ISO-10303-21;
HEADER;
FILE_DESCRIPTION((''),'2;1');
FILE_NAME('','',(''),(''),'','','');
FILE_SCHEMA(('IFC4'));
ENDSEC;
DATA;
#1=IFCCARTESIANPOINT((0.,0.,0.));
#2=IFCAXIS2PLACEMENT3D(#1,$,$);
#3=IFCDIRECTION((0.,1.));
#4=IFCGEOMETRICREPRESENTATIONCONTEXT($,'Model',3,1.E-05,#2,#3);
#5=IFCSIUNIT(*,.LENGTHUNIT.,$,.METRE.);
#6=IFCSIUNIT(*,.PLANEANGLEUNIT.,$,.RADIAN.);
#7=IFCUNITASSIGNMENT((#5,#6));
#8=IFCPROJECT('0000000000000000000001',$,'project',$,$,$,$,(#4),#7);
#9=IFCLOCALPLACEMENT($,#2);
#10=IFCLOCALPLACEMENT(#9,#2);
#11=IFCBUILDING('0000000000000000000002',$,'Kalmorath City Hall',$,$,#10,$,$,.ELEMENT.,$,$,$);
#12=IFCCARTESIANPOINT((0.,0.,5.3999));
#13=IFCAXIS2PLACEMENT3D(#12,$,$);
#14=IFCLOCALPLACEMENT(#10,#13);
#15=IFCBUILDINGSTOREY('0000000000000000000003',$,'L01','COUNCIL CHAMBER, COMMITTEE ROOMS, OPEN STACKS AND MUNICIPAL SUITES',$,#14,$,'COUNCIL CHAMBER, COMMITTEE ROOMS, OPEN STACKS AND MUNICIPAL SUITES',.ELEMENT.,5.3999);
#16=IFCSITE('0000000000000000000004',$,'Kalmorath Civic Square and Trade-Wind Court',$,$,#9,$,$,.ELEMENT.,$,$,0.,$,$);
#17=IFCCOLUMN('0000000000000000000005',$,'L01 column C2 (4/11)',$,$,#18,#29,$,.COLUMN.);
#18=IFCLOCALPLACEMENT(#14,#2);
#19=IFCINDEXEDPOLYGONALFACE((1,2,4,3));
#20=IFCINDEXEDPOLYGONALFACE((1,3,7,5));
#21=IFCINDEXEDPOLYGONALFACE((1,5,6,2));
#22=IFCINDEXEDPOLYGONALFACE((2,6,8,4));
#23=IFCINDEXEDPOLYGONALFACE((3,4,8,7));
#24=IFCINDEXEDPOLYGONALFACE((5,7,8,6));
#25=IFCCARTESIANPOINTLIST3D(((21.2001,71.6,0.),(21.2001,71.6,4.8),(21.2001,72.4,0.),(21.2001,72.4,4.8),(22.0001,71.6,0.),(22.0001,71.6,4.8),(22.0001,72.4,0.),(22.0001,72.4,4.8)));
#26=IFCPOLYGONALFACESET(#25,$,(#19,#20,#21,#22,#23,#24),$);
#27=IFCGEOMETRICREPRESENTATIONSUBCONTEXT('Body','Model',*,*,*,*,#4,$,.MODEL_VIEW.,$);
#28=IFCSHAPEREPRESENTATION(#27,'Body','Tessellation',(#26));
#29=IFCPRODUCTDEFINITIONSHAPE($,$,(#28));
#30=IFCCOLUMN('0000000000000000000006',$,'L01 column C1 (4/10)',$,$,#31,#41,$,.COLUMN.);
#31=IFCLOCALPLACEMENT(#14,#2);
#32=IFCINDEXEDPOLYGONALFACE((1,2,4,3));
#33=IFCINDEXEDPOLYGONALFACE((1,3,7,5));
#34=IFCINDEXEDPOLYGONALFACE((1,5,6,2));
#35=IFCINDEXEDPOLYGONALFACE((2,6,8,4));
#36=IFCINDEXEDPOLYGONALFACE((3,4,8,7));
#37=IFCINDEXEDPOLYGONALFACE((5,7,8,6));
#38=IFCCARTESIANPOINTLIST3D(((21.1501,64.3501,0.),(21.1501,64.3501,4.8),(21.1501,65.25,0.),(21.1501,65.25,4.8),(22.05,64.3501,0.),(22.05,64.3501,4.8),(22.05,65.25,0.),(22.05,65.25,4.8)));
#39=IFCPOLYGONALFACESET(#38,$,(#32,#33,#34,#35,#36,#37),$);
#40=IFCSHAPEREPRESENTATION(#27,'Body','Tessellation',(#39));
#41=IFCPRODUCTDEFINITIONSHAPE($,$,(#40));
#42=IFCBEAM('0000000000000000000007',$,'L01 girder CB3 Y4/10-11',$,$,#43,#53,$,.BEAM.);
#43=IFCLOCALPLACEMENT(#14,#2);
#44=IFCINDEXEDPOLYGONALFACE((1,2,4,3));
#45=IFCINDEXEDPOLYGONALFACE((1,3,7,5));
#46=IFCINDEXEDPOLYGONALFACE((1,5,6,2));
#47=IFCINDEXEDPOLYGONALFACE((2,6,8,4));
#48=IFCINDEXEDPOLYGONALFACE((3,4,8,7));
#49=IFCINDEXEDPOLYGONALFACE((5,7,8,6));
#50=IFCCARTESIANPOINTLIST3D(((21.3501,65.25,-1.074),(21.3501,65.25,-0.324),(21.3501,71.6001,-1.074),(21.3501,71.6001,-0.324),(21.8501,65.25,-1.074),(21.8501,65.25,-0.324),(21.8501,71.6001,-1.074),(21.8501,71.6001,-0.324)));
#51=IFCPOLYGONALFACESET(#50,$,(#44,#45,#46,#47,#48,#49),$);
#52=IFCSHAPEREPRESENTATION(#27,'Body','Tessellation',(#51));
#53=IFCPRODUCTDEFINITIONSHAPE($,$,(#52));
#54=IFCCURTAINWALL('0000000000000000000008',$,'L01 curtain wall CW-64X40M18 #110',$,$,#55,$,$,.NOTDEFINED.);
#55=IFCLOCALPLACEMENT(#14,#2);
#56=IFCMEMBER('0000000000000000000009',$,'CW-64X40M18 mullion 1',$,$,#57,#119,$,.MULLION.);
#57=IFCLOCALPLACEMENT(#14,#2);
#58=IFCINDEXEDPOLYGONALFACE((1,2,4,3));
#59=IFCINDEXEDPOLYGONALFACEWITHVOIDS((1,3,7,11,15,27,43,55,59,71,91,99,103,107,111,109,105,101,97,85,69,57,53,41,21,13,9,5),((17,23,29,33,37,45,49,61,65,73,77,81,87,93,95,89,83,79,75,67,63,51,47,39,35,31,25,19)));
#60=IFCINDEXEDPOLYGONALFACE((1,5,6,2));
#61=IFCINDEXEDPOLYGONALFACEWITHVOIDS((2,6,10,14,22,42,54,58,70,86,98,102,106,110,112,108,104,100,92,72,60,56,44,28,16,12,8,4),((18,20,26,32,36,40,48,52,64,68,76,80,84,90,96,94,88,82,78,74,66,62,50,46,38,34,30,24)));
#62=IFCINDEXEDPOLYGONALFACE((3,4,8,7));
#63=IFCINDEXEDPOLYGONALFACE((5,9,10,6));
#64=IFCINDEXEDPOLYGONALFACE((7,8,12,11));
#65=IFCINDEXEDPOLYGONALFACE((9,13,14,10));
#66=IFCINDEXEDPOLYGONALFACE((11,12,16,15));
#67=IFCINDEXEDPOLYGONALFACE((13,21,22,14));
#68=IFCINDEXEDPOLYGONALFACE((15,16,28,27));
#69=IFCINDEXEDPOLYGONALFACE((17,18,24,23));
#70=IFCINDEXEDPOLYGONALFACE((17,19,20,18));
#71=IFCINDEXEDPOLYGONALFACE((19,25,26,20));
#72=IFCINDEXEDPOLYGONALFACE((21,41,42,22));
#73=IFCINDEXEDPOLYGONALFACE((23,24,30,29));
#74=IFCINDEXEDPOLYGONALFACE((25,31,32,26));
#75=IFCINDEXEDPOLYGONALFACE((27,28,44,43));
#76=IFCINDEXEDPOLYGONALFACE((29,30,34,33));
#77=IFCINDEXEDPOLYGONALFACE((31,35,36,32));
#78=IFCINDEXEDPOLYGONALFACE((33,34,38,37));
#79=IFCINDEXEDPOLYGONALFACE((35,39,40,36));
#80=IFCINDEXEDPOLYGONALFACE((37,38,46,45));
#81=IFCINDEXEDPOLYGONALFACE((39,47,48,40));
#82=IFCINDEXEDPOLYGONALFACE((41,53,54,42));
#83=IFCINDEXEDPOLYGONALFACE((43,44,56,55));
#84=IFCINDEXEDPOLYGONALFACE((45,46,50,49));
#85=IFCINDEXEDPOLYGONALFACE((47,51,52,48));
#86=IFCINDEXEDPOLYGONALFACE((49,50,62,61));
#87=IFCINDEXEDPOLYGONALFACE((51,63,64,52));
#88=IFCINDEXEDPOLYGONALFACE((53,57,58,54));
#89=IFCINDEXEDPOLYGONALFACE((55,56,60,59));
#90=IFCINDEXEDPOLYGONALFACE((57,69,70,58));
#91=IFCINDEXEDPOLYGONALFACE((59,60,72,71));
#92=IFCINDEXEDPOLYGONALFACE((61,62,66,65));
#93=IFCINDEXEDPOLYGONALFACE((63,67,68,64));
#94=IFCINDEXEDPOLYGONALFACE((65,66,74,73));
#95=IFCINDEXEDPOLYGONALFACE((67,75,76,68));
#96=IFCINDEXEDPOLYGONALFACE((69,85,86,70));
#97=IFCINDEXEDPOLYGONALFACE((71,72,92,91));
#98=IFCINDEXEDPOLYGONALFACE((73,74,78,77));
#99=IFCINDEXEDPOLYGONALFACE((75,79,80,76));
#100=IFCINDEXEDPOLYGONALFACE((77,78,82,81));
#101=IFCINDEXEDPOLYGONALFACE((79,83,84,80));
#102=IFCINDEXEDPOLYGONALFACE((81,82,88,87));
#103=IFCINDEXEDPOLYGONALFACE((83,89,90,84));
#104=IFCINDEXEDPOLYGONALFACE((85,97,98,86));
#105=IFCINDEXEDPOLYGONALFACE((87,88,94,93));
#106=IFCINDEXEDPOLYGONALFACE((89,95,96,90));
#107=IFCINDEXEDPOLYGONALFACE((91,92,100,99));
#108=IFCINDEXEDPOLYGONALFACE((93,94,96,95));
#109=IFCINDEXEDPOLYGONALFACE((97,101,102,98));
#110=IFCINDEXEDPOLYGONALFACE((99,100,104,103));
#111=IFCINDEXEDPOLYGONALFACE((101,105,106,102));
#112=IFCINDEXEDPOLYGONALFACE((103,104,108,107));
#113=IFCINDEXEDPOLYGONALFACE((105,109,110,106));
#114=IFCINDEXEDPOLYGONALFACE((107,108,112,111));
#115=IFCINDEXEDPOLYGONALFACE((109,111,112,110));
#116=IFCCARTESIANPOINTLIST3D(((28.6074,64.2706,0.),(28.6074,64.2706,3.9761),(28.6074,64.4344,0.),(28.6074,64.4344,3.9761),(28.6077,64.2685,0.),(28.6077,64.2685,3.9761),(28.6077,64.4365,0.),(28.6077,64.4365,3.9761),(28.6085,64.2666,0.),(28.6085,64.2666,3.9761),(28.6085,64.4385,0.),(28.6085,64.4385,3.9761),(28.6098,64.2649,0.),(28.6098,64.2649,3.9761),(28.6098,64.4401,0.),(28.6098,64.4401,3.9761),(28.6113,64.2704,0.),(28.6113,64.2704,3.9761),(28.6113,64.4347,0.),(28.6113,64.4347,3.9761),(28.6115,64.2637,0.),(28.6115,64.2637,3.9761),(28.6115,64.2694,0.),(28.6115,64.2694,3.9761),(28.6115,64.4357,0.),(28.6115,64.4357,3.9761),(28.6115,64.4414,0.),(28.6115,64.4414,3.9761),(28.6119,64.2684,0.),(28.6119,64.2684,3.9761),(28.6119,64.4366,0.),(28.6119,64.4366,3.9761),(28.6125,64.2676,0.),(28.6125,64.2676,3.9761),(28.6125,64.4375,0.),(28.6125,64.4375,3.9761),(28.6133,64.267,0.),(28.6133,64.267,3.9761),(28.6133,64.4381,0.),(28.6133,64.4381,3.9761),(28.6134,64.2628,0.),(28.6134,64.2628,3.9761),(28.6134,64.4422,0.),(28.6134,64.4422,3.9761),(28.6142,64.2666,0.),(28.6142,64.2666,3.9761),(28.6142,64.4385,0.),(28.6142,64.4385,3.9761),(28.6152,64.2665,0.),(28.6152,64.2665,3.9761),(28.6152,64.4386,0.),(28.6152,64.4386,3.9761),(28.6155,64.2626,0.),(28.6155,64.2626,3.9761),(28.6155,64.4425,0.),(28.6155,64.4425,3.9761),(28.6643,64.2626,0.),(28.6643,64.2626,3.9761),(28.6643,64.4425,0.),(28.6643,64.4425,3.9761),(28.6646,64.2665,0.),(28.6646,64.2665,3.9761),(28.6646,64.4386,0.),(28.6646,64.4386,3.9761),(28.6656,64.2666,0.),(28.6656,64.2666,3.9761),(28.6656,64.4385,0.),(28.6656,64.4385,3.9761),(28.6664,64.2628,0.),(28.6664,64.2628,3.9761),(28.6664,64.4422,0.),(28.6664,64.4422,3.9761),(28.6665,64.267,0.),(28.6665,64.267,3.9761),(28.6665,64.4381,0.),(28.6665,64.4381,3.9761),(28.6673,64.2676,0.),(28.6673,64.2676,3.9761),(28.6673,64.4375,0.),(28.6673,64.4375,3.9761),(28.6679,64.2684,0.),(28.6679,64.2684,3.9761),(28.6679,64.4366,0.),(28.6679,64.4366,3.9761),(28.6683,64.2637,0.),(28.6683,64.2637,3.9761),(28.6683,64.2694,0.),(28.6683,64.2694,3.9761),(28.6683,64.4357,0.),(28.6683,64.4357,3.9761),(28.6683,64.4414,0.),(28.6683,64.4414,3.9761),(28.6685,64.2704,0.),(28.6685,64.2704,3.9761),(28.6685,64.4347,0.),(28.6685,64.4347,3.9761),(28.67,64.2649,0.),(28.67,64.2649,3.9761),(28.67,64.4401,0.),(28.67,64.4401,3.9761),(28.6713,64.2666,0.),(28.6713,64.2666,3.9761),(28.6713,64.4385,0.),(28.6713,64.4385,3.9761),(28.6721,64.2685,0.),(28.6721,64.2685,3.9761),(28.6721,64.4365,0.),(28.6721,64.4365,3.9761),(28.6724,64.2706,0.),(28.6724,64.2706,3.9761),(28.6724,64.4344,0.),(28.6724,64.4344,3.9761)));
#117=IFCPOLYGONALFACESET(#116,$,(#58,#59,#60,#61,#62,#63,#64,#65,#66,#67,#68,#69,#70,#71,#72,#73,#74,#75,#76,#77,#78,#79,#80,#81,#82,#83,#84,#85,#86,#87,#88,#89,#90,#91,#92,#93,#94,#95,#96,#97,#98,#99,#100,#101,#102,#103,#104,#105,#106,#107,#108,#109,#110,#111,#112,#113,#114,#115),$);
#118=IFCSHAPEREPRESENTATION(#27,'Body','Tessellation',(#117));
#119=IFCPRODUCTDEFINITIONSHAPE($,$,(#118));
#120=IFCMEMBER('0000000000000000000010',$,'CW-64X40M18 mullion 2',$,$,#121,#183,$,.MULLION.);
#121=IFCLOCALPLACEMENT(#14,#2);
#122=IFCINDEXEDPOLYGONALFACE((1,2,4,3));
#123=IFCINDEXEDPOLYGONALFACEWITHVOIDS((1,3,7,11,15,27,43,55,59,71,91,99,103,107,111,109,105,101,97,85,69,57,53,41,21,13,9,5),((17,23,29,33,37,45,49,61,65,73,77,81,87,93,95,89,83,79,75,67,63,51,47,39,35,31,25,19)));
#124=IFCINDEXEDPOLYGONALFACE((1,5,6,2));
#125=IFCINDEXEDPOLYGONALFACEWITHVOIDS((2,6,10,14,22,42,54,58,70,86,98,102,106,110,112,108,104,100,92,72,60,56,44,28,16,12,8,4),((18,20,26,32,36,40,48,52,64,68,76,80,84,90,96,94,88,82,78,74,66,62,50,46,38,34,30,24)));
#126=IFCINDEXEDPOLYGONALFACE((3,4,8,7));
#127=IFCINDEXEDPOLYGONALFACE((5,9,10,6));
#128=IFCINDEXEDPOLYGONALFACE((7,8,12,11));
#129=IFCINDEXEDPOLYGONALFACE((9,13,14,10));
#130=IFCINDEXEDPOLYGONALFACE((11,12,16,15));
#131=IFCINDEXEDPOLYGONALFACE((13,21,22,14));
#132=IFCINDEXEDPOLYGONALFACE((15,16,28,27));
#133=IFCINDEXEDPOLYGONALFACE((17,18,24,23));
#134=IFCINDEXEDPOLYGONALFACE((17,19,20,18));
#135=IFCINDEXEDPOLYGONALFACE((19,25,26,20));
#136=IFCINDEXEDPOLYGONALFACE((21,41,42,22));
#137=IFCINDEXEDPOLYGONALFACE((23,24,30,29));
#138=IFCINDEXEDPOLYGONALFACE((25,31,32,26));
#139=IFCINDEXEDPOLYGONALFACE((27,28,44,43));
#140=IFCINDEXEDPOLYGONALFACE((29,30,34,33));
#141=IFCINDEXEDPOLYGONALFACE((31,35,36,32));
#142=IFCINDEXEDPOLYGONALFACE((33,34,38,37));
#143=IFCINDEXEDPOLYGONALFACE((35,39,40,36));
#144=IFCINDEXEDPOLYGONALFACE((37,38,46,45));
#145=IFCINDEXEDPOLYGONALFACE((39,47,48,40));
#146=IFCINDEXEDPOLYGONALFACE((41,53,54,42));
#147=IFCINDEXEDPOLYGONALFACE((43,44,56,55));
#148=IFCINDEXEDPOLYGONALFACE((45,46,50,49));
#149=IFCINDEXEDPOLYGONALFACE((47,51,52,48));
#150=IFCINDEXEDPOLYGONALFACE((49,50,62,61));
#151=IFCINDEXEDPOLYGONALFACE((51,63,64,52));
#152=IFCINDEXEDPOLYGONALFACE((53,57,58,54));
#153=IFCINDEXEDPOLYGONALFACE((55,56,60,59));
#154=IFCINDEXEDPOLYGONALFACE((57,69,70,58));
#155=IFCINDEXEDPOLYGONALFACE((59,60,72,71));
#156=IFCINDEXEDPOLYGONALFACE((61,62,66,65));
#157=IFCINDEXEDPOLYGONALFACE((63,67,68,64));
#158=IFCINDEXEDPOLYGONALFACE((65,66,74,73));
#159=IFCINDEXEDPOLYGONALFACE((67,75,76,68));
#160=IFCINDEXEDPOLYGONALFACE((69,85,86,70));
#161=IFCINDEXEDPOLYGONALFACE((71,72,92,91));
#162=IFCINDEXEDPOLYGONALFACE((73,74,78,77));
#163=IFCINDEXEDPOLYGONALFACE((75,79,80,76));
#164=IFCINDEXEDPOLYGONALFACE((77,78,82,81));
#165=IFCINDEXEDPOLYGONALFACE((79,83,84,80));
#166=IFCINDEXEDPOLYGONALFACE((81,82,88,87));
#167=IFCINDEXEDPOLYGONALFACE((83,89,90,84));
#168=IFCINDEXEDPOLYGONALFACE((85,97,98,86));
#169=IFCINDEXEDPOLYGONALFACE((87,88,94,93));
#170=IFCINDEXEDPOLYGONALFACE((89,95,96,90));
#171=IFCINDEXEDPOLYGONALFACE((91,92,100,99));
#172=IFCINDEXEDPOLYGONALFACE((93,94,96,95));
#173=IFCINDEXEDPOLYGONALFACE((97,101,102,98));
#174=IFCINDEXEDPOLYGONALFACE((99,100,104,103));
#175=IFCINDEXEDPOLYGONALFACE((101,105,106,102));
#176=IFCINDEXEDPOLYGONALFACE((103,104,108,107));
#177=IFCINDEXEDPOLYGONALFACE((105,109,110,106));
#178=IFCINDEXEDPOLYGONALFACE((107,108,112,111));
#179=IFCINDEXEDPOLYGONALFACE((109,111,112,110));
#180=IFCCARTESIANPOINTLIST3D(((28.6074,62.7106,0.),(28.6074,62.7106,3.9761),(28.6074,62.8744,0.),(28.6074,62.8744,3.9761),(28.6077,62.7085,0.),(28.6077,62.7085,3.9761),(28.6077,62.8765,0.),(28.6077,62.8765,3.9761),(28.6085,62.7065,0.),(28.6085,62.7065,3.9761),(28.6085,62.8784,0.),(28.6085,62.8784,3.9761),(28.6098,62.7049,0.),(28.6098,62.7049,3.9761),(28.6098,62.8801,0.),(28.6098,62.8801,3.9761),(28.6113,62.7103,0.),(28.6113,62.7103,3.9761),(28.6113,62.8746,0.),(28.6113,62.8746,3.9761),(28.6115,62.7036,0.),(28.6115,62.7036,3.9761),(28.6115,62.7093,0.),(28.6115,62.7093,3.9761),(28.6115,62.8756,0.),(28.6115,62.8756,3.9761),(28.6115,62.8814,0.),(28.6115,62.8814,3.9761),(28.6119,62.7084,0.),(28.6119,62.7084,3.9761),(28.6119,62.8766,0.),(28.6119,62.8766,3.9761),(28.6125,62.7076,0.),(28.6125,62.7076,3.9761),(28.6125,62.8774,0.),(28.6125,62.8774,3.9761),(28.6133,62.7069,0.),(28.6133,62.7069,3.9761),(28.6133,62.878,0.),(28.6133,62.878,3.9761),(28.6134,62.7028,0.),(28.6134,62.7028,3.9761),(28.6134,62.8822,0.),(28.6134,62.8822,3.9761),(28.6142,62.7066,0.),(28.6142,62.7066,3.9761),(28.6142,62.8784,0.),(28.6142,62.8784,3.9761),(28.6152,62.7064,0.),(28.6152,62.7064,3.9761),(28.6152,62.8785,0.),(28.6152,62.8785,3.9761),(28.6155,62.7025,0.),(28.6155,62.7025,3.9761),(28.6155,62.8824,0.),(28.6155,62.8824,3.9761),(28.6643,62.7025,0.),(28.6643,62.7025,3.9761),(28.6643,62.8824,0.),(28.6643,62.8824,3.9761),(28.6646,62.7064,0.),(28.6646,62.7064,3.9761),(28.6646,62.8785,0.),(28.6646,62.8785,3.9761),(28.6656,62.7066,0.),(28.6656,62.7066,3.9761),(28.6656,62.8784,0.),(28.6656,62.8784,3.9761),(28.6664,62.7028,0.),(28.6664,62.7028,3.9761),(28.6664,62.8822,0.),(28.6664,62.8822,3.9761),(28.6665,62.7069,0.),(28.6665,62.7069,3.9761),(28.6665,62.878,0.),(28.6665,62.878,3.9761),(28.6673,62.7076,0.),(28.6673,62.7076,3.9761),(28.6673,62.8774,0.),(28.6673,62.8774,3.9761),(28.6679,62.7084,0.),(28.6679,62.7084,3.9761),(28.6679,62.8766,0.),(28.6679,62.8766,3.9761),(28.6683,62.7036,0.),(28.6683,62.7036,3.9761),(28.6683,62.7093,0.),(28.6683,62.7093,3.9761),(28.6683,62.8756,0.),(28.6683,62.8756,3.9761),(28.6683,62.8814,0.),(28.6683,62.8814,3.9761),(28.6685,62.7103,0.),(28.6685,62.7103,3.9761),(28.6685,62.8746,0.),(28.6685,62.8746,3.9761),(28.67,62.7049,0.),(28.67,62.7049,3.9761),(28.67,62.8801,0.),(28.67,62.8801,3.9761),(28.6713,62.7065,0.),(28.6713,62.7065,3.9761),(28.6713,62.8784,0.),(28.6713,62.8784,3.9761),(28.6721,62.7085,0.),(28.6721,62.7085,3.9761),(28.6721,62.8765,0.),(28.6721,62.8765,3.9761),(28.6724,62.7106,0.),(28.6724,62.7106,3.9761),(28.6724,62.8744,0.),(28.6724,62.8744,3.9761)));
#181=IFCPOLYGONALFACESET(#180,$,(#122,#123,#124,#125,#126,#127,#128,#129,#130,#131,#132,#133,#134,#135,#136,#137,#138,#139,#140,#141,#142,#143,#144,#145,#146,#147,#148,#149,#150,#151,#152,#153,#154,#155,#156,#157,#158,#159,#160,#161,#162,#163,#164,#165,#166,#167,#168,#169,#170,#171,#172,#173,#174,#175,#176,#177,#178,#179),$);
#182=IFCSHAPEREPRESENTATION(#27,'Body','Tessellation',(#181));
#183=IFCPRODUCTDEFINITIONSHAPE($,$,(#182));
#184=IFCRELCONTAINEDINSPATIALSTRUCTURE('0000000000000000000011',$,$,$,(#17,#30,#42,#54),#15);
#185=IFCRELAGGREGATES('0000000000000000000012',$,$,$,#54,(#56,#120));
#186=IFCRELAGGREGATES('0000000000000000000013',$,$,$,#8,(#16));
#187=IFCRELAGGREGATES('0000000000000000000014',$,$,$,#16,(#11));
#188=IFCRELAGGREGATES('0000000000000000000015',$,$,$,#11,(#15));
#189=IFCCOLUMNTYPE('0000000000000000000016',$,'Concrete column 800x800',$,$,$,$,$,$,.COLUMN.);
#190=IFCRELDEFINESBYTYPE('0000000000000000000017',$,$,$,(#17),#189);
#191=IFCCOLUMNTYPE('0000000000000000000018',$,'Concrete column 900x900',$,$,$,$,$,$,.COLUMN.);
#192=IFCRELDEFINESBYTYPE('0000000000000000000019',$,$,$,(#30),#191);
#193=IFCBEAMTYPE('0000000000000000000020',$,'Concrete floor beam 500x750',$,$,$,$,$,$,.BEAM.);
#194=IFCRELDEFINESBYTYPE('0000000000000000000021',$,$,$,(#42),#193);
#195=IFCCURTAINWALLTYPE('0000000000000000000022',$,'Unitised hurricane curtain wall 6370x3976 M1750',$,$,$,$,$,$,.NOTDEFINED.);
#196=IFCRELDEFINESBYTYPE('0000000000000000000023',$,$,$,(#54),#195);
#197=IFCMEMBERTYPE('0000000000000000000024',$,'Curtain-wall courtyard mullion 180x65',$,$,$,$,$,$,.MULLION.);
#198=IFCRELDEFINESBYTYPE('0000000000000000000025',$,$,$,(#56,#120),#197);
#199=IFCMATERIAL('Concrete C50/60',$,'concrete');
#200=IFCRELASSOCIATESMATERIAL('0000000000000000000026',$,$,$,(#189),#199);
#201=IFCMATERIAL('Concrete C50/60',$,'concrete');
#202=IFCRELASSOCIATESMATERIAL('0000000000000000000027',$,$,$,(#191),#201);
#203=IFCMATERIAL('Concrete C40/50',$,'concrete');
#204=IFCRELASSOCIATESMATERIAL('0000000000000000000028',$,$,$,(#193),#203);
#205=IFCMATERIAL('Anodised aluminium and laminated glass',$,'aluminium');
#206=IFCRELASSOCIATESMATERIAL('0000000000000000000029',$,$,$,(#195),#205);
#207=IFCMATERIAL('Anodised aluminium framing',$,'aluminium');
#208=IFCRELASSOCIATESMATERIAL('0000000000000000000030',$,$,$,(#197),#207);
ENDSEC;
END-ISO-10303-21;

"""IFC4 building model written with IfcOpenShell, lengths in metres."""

from ifc_helpers import new_model, si_unit, direction, frame, origin, origin_2d, place, context, subcontext, project, spatial, rectangle, hollow_rectangle, extrude, material, material_profile, profile_set, type_object, element, aggregate, save


model = new_model("IFC4")

# Units and contexts
model_context = context("Model", 3, precision=1e-05, world=origin(), true_north=direction((0.0, 1.0)))
body_context = subcontext(model_context, "Body", "Model", "MODEL_VIEW")
ifc_project = project(units=[si_unit("LENGTHUNIT", "METRE"), si_unit("PLANEANGLEUNIT", "RADIAN")], contexts=[model_context])

# Site, building, storey
site_placement = place(None, origin())
site = spatial("IfcSite", under=ifc_project, at=site_placement, Name="Kalmorath Civic Square and Trade-Wind Court", CompositionType="ELEMENT", RefElevation=0.0)
building_placement = place(site_placement, origin())
building = spatial("IfcBuilding", under=site, at=building_placement, Name="Kalmorath City Hall", CompositionType="ELEMENT")
storey_placement = place(building_placement, frame((0.0, 0.0, 5.3999)))
storey = spatial("IfcBuildingStorey", under=building, at=storey_placement, Name="L01", Description="COUNCIL CHAMBER, COMMITTEE ROOMS, OPEN STACKS AND MUNICIPAL SUITES", LongName="COUNCIL CHAMBER, COMMITTEE ROOMS, OPEN STACKS AND MUNICIPAL SUITES", CompositionType="ELEMENT", Elevation=5.3999)

# Columns
ifc_material_1 = material(Name="Concrete C50/60", Category="concrete")
ifc_material_profile_1 = material_profile(ifc_material_1, rectangle(XDim=0.8, YDim=0.8, at=origin_2d()), Name="RC-COL-800X800")
ifc_profile_set_1 = profile_set([ifc_material_profile_1], Name="Concrete C50/60")
column_type_1 = type_object("IfcColumnType", Name="Concrete column 800x800", PredefinedType="COLUMN", material=ifc_profile_set_1)
column_1_placement = place(storey_placement, frame((21.6001, 72.0, 0.0), z_axis=(0.0, 0.0, 1.0), x_axis=(1.0, 0.0, 0.0)))
element("IfcColumn", 1, at=column_1_placement, inside=storey, type_object=column_type_1, Name="L01 column C2 (4/11)", PredefinedType="COLUMN", context=body_context, shape_type="SweptSolid", body=[
    extrude(rectangle(XDim=0.8, YDim=0.8, at=origin_2d()), origin(), (0.0, 0.0, 1.0), 4.8),
])
ifc_material_2 = material(Name="Concrete C50/60", Category="concrete")
ifc_material_profile_2 = material_profile(ifc_material_2, rectangle(XDim=0.8999, YDim=0.8999, at=origin_2d()), Name="RC-COL-900X900")
ifc_profile_set_2 = profile_set([ifc_material_profile_2], Name="Concrete C50/60")
column_type_2 = type_object("IfcColumnType", Name="Concrete column 900x900", PredefinedType="COLUMN", material=ifc_profile_set_2)
column_2_placement = place(storey_placement, frame((21.6001, 64.8, 0.0), z_axis=(0.0, 0.0, 1.0), x_axis=(1.0, 0.0, 0.0)))
element("IfcColumn", 2, at=column_2_placement, inside=storey, type_object=column_type_2, Name="L01 column C1 (4/10)", PredefinedType="COLUMN", context=body_context, shape_type="SweptSolid", body=[
    extrude(rectangle(XDim=0.8999, YDim=0.8999, at=origin_2d()), origin(), (0.0, 0.0, 1.0), 4.8),
])

# Beam
ifc_material_3 = material(Name="Concrete C40/50", Category="concrete")
ifc_material_profile_3 = material_profile(ifc_material_3, rectangle(XDim=0.5, YDim=0.75, at=origin_2d()), Name="RC-BM-500X750")
ifc_profile_set_3 = profile_set([ifc_material_profile_3], Name="Concrete C40/50")
beam_type_1 = type_object("IfcBeamType", Name="Concrete floor beam 500x750", PredefinedType="BEAM", material=ifc_profile_set_3)
beam_1_placement = place(storey_placement, frame((21.6001, 65.25, -0.699), z_axis=(0.0, 1.0, 0.0), x_axis=(-1.0, 0.0, 0.0)))
element("IfcBeam", 3, at=beam_1_placement, inside=storey, type_object=beam_type_1, Name="L01 girder CB3 Y4/10-11", PredefinedType="BEAM", context=body_context, shape_type="SweptSolid", body=[
    extrude(rectangle(XDim=0.5, YDim=0.75, at=origin_2d()), origin(), (0.0, 0.0, 1.0), 6.3501),
])

# Curtain wall, members
ifc_material_4 = material(Name="Anodised aluminium and laminated glass", Category="aluminium")
curtain_wall_type = type_object("IfcCurtainWallType", Name="Unitised hurricane curtain wall 6370x3976 M1750", PredefinedType="NOTDEFINED", material=ifc_material_4)
curtain_wall_placement = place(storey_placement, origin())
curtain_wall = element("IfcCurtainWall", 4, at=curtain_wall_placement, inside=storey, type_object=curtain_wall_type, Name="L01 curtain wall CW-64X40M18 #110", PredefinedType="NOTDEFINED")
ifc_material_5 = material(Name="Anodised aluminium framing", Category="aluminium")
ifc_material_profile_4 = material_profile(ifc_material_5, hollow_rectangle(XDim=0.0649, YDim=0.1799, WallThickness=0.0039, InnerFilletRadius=0.0039, OuterFilletRadius=0.0081, at=origin_2d()), Name="ALU-MUL-180X65X4")
ifc_profile_set_4 = profile_set([ifc_material_profile_4], Name="Anodised aluminium framing")
member_type_1 = type_object("IfcMemberType", Name="Curtain-wall courtyard mullion 180x65", PredefinedType="MULLION", material=ifc_profile_set_4)
member_1_placement = place(storey_placement, frame((28.6399, 64.3525, 0.0), z_axis=(0.0, 0.0, 1.0), x_axis=(1.0, 0.0, 0.0)))
member_1 = element("IfcMember", 5, at=member_1_placement, type_object=member_type_1, Name="CW-64X40M18 mullion 1", PredefinedType="MULLION", context=body_context, shape_type="SweptSolid", body=[
    extrude(hollow_rectangle(XDim=0.0649, YDim=0.1799, WallThickness=0.0039, InnerFilletRadius=0.0039, OuterFilletRadius=0.0081, at=origin_2d()), origin(), (0.0, 0.0, 1.0), 3.9761),
])
member_2_placement = place(storey_placement, frame((28.6399, 62.7925, 0.0), z_axis=(0.0, 0.0, 1.0), x_axis=(1.0, 0.0, 0.0)))
member_2 = element("IfcMember", 6, at=member_2_placement, type_object=member_type_1, Name="CW-64X40M18 mullion 2", PredefinedType="MULLION", context=body_context, shape_type="SweptSolid", body=[
    extrude(hollow_rectangle(XDim=0.0649, YDim=0.1799, WallThickness=0.0039, InnerFilletRadius=0.0039, OuterFilletRadius=0.0081, at=origin_2d()), origin(), (0.0, 0.0, 1.0), 3.9761),
])

aggregate(curtain_wall, [member_1, member_2])

save(model, "model.ifc")
